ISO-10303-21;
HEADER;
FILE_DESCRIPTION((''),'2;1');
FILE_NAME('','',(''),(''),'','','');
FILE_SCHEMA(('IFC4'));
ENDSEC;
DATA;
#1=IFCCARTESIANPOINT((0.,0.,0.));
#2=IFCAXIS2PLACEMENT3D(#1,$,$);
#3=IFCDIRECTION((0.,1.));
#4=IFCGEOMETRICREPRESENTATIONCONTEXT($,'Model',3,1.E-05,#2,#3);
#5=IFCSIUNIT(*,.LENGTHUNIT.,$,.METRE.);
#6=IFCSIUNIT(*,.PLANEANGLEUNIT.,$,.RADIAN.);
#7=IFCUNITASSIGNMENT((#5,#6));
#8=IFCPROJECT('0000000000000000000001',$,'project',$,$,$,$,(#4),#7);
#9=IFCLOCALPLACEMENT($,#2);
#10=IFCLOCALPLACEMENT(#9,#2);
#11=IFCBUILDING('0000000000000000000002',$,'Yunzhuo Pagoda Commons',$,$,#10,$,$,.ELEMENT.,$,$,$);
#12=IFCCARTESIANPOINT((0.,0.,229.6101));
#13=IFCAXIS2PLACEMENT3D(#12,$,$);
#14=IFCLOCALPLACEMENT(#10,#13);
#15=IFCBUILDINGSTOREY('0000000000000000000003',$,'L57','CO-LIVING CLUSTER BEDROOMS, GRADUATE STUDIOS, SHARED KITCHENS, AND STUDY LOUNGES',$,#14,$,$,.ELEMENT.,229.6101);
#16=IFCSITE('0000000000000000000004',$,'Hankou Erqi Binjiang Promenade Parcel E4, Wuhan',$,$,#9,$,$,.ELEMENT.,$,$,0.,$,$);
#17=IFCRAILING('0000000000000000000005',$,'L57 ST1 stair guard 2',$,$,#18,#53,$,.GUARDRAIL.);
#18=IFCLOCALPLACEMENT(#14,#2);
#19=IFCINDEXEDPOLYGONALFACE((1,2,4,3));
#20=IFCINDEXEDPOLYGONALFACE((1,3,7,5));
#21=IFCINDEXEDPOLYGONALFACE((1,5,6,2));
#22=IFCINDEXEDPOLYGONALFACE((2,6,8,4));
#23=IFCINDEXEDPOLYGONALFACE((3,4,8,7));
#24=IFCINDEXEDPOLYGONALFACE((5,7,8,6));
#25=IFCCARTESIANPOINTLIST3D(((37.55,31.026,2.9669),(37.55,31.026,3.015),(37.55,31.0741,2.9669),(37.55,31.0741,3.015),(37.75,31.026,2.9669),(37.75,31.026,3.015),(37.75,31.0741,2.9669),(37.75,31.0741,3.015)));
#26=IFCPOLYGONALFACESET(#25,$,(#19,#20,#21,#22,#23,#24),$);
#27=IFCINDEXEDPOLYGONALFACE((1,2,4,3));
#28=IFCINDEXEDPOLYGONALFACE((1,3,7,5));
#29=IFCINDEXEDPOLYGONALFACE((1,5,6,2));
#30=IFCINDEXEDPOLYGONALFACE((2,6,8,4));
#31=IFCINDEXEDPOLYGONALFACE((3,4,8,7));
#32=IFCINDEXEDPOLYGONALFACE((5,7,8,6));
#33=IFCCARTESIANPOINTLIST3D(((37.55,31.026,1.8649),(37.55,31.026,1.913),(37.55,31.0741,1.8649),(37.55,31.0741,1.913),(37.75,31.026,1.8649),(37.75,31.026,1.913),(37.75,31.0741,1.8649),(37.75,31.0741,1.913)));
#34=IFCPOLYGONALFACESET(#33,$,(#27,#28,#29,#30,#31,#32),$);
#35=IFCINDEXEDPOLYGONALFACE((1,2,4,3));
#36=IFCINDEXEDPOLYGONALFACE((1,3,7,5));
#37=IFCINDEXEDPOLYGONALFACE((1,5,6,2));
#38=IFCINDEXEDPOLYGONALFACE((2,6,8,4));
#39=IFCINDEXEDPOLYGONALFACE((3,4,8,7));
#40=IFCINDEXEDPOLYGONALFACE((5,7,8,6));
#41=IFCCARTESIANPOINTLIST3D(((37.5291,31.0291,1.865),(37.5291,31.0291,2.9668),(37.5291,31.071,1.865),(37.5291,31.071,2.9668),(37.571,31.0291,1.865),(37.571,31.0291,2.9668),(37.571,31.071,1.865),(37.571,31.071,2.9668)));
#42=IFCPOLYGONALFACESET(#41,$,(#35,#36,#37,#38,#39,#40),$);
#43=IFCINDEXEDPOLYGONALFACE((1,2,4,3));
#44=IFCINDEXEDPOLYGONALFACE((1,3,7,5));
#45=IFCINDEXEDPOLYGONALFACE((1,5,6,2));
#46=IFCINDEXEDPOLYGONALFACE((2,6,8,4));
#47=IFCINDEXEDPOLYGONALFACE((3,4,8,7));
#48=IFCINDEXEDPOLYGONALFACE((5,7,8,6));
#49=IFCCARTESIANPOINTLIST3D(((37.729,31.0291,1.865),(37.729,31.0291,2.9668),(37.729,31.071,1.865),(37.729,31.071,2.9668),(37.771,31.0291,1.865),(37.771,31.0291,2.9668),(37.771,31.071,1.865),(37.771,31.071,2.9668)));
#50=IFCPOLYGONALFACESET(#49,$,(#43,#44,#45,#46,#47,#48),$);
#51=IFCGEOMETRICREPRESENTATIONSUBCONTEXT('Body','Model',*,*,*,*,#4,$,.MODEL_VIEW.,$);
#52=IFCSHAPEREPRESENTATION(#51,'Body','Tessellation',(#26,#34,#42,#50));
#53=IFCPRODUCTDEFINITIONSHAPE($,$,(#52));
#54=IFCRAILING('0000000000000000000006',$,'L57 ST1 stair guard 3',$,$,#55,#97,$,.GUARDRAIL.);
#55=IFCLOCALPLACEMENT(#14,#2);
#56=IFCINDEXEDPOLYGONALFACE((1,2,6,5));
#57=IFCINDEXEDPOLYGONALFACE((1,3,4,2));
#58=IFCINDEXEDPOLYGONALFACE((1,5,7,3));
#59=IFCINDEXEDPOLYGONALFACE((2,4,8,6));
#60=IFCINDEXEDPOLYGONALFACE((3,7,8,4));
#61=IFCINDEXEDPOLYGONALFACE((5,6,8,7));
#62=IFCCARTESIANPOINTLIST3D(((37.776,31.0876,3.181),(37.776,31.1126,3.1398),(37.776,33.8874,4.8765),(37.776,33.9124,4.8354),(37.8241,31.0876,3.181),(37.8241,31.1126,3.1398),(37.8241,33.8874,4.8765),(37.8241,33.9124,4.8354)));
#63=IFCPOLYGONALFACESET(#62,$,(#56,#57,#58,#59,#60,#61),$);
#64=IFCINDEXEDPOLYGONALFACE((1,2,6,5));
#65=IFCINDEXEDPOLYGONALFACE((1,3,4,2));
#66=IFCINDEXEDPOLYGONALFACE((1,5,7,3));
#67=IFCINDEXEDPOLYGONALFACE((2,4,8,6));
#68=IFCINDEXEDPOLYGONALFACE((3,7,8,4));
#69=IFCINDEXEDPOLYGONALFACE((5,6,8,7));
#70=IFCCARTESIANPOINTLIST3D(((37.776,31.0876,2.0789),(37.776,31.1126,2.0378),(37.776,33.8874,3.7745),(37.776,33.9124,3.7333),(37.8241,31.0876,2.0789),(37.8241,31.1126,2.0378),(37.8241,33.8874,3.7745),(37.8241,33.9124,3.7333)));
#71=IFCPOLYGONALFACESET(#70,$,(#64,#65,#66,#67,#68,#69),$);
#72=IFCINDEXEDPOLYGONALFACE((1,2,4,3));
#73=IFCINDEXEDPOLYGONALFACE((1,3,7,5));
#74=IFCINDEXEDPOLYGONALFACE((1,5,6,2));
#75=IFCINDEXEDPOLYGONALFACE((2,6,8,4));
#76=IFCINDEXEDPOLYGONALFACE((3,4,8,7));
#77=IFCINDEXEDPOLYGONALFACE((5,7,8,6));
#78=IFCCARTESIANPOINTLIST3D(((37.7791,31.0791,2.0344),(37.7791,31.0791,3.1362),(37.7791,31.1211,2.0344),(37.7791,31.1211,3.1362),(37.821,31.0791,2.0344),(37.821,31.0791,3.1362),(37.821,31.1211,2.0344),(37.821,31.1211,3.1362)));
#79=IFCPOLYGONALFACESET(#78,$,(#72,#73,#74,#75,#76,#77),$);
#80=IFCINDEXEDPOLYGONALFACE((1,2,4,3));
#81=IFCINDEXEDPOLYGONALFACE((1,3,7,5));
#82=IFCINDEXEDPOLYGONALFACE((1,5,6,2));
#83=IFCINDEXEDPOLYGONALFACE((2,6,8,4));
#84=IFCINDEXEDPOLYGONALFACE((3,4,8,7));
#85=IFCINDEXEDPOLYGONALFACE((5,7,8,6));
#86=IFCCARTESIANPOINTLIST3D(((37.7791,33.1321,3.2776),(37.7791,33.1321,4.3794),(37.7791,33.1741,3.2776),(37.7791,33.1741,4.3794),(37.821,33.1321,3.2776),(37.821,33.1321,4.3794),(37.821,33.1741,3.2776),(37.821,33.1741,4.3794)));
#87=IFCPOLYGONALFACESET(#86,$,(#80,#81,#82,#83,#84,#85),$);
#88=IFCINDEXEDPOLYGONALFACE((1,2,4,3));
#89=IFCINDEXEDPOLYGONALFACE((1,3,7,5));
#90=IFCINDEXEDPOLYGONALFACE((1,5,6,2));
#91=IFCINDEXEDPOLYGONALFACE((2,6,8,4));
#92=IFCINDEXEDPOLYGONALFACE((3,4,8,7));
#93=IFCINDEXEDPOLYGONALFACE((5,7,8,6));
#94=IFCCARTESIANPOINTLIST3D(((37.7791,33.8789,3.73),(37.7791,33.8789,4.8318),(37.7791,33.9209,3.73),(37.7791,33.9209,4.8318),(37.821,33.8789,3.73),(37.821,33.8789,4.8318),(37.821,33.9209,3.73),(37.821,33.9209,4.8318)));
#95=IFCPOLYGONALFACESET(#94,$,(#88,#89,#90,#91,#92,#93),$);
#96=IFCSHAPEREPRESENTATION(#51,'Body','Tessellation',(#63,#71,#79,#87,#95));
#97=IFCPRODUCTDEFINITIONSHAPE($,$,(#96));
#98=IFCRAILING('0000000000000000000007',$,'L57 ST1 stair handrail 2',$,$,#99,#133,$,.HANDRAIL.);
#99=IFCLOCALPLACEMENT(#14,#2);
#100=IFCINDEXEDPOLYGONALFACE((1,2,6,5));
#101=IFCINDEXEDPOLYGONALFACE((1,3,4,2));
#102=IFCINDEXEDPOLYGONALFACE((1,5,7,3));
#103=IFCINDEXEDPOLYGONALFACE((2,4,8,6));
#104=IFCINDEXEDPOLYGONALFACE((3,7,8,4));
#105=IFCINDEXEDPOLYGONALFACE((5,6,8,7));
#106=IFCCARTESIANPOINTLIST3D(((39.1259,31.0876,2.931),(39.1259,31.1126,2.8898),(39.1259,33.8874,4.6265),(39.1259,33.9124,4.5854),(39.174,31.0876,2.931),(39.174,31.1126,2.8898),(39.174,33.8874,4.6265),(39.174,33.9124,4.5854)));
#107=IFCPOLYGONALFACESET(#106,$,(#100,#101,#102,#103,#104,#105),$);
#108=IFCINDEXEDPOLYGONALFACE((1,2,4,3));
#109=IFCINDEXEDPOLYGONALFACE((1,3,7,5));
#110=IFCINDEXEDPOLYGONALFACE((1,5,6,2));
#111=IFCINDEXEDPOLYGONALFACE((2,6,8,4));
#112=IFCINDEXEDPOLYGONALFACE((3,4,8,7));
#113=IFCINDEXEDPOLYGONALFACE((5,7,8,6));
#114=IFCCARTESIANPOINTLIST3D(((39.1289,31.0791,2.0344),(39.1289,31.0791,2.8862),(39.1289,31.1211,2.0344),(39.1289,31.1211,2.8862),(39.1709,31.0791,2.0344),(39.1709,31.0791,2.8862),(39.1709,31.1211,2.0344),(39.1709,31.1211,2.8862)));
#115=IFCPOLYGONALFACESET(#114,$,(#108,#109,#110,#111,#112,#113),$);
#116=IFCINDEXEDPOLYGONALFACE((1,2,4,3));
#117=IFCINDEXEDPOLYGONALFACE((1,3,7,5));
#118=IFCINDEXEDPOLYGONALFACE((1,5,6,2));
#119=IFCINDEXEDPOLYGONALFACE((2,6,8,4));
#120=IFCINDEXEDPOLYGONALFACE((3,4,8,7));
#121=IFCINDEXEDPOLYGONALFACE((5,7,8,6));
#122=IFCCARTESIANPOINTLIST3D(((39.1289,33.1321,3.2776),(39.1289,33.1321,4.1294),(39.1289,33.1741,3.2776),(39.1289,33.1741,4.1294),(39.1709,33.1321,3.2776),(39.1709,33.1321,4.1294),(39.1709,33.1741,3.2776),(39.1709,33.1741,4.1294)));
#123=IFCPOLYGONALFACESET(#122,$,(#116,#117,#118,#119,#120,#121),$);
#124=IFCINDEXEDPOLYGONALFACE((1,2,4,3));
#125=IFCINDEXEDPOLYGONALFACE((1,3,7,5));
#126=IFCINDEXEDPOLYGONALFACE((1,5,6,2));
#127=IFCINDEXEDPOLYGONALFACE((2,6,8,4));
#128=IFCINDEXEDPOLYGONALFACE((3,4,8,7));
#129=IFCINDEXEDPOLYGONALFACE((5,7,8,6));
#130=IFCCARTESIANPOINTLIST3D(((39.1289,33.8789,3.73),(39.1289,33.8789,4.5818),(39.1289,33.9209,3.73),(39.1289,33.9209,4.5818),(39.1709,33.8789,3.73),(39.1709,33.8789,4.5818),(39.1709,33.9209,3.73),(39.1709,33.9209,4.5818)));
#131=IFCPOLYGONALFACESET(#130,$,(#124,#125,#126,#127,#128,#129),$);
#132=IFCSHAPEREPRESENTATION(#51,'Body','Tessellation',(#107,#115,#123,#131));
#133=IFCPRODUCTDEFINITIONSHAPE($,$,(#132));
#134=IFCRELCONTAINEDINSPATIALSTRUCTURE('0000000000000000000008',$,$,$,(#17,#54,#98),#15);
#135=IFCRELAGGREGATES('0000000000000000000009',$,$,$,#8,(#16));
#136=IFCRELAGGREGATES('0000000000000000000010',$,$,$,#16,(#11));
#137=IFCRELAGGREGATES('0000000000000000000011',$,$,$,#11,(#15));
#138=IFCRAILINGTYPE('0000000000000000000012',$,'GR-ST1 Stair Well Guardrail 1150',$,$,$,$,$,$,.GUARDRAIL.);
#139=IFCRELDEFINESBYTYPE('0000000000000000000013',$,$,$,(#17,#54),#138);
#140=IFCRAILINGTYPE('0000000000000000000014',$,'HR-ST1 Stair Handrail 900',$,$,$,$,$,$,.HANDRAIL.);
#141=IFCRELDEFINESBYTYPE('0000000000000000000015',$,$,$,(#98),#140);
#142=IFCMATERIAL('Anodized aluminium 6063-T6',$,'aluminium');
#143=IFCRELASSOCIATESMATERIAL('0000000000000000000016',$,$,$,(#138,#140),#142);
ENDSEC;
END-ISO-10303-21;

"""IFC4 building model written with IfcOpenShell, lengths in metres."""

from ifc_helpers import new_model, si_unit, direction, frame, origin, origin_2d, place, context, subcontext, project, spatial, rectangle, extrude, material, type_object, element, save


model = new_model("IFC4")

# Units and contexts
model_context = context("Model", 3, precision=1e-05, world=origin(), true_north=direction((0.0, 1.0)))
body_context = subcontext(model_context, "Body", "Model", "MODEL_VIEW")
ifc_project = project(units=[si_unit("LENGTHUNIT", "METRE"), si_unit("PLANEANGLEUNIT", "RADIAN")], contexts=[model_context])

# Site, building, storey
site_placement = place(None, origin())
site = spatial("IfcSite", under=ifc_project, at=site_placement, Name="Hankou Erqi Binjiang Promenade Parcel E4, Wuhan", CompositionType="ELEMENT", RefElevation=0.0)
building_placement = place(site_placement, origin())
building = spatial("IfcBuilding", under=site, at=building_placement, Name="Yunzhuo Pagoda Commons", CompositionType="ELEMENT")
storey_placement = place(building_placement, frame((0.0, 0.0, 229.6101)))
storey = spatial("IfcBuildingStorey", under=building, at=storey_placement, Name="L57", Description="CO-LIVING CLUSTER BEDROOMS, GRADUATE STUDIOS, SHARED KITCHENS, AND STUDY LOUNGES", CompositionType="ELEMENT", Elevation=229.6101)

# Railings
ifc_material_1 = material(Name="Anodized aluminium 6063-T6", Category="aluminium")
railing_type_1 = type_object("IfcRailingType", Name="GR-ST1 Stair Well Guardrail 1150", PredefinedType="GUARDRAIL", material=ifc_material_1)
railing_1_placement = place(storey_placement, frame((37.55, 31.05, 1.865)))
element("IfcRailing", 1, at=railing_1_placement, inside=storey, type_object=railing_type_1, Name="L57 ST1 stair guard 2", PredefinedType="GUARDRAIL", context=body_context, shape_type="SweptSolid", body=[
    extrude(rectangle(XDim=0.0481, YDim=0.0481, at=origin_2d()), frame((0.0, 0.0, 1.126), z_axis=(1.0, 0.0, 0.0), x_axis=(0.0, 1.0, 0.0)), (0.0, 0.0, 1.0), 0.2),
    extrude(rectangle(XDim=0.0481, YDim=0.0481, at=origin_2d()), frame((0.0, 0.0, 0.0239), z_axis=(1.0, 0.0, 0.0), x_axis=(0.0, 1.0, 0.0)), (0.0, 0.0, 1.0), 0.2),
    extrude(rectangle(XDim=0.042, YDim=0.042, at=origin_2d()), origin(), (0.0, 0.0, 1.0), 1.1018),
    extrude(rectangle(XDim=0.042, YDim=0.042, at=origin_2d()), frame((0.2, 0.0, 0.0)), (0.0, 0.0, 1.0), 1.1018),
])
railing_2_placement = place(storey_placement, frame((37.8, 31.1001, 2.0344)))
element("IfcRailing", 2, at=railing_2_placement, inside=storey, type_object=railing_type_1, Name="L57 ST1 stair guard 3", PredefinedType="GUARDRAIL", context=body_context, shape_type="SweptSolid", body=[
    extrude(rectangle(XDim=0.0481, YDim=0.0481, at=origin_2d()), frame((0.0, 0.0, 1.126), z_axis=(0.0, 0.855373, 0.518012), x_axis=(-1.0, 0.0, 0.0)), (0.0, 0.0, 1.0), 3.2732),
    extrude(rectangle(XDim=0.0481, YDim=0.0481, at=origin_2d()), frame((0.0, 0.0, 0.0239), z_axis=(0.0, 0.855373, 0.518012), x_axis=(-1.0, 0.0, 0.0)), (0.0, 0.0, 1.0), 3.2732),
    extrude(rectangle(XDim=0.042, YDim=0.042, at=origin_2d()), origin(), (0.0, 0.0, 1.0), 1.1018),
    extrude(rectangle(XDim=0.042, YDim=0.042, at=origin_2d()), frame((0.0, 2.053, 1.2432)), (0.0, 0.0, 1.0), 1.1018),
    extrude(rectangle(XDim=0.042, YDim=0.042, at=origin_2d()), frame((0.0, 2.7998, 1.6956)), (0.0, 0.0, 1.0), 1.1018),
])
railing_type_2 = type_object("IfcRailingType", Name="HR-ST1 Stair Handrail 900", PredefinedType="HANDRAIL", material=ifc_material_1)
railing_3_placement = place(storey_placement, frame((39.1499, 31.1001, 2.0344)))
element("IfcRailing", 3, at=railing_3_placement, inside=storey, type_object=railing_type_2, Name="L57 ST1 stair handrail 2", PredefinedType="HANDRAIL", context=body_context, shape_type="SweptSolid", body=[
    extrude(rectangle(XDim=0.0481, YDim=0.0481, at=origin_2d()), frame((0.0, 0.0, 0.876), z_axis=(0.0, 0.855373, 0.518012), x_axis=(-1.0, 0.0, 0.0)), (0.0, 0.0, 1.0), 3.2732),
    extrude(rectangle(XDim=0.042, YDim=0.042, at=origin_2d()), origin(), (0.0, 0.0, 1.0), 0.8518),
    extrude(rectangle(XDim=0.042, YDim=0.042, at=origin_2d()), frame((0.0, 2.053, 1.2432)), (0.0, 0.0, 1.0), 0.8518),
    extrude(rectangle(XDim=0.042, YDim=0.042, at=origin_2d()), frame((0.0, 2.7998, 1.6956)), (0.0, 0.0, 1.0), 0.8518),
])

save(model, "model.ifc")
